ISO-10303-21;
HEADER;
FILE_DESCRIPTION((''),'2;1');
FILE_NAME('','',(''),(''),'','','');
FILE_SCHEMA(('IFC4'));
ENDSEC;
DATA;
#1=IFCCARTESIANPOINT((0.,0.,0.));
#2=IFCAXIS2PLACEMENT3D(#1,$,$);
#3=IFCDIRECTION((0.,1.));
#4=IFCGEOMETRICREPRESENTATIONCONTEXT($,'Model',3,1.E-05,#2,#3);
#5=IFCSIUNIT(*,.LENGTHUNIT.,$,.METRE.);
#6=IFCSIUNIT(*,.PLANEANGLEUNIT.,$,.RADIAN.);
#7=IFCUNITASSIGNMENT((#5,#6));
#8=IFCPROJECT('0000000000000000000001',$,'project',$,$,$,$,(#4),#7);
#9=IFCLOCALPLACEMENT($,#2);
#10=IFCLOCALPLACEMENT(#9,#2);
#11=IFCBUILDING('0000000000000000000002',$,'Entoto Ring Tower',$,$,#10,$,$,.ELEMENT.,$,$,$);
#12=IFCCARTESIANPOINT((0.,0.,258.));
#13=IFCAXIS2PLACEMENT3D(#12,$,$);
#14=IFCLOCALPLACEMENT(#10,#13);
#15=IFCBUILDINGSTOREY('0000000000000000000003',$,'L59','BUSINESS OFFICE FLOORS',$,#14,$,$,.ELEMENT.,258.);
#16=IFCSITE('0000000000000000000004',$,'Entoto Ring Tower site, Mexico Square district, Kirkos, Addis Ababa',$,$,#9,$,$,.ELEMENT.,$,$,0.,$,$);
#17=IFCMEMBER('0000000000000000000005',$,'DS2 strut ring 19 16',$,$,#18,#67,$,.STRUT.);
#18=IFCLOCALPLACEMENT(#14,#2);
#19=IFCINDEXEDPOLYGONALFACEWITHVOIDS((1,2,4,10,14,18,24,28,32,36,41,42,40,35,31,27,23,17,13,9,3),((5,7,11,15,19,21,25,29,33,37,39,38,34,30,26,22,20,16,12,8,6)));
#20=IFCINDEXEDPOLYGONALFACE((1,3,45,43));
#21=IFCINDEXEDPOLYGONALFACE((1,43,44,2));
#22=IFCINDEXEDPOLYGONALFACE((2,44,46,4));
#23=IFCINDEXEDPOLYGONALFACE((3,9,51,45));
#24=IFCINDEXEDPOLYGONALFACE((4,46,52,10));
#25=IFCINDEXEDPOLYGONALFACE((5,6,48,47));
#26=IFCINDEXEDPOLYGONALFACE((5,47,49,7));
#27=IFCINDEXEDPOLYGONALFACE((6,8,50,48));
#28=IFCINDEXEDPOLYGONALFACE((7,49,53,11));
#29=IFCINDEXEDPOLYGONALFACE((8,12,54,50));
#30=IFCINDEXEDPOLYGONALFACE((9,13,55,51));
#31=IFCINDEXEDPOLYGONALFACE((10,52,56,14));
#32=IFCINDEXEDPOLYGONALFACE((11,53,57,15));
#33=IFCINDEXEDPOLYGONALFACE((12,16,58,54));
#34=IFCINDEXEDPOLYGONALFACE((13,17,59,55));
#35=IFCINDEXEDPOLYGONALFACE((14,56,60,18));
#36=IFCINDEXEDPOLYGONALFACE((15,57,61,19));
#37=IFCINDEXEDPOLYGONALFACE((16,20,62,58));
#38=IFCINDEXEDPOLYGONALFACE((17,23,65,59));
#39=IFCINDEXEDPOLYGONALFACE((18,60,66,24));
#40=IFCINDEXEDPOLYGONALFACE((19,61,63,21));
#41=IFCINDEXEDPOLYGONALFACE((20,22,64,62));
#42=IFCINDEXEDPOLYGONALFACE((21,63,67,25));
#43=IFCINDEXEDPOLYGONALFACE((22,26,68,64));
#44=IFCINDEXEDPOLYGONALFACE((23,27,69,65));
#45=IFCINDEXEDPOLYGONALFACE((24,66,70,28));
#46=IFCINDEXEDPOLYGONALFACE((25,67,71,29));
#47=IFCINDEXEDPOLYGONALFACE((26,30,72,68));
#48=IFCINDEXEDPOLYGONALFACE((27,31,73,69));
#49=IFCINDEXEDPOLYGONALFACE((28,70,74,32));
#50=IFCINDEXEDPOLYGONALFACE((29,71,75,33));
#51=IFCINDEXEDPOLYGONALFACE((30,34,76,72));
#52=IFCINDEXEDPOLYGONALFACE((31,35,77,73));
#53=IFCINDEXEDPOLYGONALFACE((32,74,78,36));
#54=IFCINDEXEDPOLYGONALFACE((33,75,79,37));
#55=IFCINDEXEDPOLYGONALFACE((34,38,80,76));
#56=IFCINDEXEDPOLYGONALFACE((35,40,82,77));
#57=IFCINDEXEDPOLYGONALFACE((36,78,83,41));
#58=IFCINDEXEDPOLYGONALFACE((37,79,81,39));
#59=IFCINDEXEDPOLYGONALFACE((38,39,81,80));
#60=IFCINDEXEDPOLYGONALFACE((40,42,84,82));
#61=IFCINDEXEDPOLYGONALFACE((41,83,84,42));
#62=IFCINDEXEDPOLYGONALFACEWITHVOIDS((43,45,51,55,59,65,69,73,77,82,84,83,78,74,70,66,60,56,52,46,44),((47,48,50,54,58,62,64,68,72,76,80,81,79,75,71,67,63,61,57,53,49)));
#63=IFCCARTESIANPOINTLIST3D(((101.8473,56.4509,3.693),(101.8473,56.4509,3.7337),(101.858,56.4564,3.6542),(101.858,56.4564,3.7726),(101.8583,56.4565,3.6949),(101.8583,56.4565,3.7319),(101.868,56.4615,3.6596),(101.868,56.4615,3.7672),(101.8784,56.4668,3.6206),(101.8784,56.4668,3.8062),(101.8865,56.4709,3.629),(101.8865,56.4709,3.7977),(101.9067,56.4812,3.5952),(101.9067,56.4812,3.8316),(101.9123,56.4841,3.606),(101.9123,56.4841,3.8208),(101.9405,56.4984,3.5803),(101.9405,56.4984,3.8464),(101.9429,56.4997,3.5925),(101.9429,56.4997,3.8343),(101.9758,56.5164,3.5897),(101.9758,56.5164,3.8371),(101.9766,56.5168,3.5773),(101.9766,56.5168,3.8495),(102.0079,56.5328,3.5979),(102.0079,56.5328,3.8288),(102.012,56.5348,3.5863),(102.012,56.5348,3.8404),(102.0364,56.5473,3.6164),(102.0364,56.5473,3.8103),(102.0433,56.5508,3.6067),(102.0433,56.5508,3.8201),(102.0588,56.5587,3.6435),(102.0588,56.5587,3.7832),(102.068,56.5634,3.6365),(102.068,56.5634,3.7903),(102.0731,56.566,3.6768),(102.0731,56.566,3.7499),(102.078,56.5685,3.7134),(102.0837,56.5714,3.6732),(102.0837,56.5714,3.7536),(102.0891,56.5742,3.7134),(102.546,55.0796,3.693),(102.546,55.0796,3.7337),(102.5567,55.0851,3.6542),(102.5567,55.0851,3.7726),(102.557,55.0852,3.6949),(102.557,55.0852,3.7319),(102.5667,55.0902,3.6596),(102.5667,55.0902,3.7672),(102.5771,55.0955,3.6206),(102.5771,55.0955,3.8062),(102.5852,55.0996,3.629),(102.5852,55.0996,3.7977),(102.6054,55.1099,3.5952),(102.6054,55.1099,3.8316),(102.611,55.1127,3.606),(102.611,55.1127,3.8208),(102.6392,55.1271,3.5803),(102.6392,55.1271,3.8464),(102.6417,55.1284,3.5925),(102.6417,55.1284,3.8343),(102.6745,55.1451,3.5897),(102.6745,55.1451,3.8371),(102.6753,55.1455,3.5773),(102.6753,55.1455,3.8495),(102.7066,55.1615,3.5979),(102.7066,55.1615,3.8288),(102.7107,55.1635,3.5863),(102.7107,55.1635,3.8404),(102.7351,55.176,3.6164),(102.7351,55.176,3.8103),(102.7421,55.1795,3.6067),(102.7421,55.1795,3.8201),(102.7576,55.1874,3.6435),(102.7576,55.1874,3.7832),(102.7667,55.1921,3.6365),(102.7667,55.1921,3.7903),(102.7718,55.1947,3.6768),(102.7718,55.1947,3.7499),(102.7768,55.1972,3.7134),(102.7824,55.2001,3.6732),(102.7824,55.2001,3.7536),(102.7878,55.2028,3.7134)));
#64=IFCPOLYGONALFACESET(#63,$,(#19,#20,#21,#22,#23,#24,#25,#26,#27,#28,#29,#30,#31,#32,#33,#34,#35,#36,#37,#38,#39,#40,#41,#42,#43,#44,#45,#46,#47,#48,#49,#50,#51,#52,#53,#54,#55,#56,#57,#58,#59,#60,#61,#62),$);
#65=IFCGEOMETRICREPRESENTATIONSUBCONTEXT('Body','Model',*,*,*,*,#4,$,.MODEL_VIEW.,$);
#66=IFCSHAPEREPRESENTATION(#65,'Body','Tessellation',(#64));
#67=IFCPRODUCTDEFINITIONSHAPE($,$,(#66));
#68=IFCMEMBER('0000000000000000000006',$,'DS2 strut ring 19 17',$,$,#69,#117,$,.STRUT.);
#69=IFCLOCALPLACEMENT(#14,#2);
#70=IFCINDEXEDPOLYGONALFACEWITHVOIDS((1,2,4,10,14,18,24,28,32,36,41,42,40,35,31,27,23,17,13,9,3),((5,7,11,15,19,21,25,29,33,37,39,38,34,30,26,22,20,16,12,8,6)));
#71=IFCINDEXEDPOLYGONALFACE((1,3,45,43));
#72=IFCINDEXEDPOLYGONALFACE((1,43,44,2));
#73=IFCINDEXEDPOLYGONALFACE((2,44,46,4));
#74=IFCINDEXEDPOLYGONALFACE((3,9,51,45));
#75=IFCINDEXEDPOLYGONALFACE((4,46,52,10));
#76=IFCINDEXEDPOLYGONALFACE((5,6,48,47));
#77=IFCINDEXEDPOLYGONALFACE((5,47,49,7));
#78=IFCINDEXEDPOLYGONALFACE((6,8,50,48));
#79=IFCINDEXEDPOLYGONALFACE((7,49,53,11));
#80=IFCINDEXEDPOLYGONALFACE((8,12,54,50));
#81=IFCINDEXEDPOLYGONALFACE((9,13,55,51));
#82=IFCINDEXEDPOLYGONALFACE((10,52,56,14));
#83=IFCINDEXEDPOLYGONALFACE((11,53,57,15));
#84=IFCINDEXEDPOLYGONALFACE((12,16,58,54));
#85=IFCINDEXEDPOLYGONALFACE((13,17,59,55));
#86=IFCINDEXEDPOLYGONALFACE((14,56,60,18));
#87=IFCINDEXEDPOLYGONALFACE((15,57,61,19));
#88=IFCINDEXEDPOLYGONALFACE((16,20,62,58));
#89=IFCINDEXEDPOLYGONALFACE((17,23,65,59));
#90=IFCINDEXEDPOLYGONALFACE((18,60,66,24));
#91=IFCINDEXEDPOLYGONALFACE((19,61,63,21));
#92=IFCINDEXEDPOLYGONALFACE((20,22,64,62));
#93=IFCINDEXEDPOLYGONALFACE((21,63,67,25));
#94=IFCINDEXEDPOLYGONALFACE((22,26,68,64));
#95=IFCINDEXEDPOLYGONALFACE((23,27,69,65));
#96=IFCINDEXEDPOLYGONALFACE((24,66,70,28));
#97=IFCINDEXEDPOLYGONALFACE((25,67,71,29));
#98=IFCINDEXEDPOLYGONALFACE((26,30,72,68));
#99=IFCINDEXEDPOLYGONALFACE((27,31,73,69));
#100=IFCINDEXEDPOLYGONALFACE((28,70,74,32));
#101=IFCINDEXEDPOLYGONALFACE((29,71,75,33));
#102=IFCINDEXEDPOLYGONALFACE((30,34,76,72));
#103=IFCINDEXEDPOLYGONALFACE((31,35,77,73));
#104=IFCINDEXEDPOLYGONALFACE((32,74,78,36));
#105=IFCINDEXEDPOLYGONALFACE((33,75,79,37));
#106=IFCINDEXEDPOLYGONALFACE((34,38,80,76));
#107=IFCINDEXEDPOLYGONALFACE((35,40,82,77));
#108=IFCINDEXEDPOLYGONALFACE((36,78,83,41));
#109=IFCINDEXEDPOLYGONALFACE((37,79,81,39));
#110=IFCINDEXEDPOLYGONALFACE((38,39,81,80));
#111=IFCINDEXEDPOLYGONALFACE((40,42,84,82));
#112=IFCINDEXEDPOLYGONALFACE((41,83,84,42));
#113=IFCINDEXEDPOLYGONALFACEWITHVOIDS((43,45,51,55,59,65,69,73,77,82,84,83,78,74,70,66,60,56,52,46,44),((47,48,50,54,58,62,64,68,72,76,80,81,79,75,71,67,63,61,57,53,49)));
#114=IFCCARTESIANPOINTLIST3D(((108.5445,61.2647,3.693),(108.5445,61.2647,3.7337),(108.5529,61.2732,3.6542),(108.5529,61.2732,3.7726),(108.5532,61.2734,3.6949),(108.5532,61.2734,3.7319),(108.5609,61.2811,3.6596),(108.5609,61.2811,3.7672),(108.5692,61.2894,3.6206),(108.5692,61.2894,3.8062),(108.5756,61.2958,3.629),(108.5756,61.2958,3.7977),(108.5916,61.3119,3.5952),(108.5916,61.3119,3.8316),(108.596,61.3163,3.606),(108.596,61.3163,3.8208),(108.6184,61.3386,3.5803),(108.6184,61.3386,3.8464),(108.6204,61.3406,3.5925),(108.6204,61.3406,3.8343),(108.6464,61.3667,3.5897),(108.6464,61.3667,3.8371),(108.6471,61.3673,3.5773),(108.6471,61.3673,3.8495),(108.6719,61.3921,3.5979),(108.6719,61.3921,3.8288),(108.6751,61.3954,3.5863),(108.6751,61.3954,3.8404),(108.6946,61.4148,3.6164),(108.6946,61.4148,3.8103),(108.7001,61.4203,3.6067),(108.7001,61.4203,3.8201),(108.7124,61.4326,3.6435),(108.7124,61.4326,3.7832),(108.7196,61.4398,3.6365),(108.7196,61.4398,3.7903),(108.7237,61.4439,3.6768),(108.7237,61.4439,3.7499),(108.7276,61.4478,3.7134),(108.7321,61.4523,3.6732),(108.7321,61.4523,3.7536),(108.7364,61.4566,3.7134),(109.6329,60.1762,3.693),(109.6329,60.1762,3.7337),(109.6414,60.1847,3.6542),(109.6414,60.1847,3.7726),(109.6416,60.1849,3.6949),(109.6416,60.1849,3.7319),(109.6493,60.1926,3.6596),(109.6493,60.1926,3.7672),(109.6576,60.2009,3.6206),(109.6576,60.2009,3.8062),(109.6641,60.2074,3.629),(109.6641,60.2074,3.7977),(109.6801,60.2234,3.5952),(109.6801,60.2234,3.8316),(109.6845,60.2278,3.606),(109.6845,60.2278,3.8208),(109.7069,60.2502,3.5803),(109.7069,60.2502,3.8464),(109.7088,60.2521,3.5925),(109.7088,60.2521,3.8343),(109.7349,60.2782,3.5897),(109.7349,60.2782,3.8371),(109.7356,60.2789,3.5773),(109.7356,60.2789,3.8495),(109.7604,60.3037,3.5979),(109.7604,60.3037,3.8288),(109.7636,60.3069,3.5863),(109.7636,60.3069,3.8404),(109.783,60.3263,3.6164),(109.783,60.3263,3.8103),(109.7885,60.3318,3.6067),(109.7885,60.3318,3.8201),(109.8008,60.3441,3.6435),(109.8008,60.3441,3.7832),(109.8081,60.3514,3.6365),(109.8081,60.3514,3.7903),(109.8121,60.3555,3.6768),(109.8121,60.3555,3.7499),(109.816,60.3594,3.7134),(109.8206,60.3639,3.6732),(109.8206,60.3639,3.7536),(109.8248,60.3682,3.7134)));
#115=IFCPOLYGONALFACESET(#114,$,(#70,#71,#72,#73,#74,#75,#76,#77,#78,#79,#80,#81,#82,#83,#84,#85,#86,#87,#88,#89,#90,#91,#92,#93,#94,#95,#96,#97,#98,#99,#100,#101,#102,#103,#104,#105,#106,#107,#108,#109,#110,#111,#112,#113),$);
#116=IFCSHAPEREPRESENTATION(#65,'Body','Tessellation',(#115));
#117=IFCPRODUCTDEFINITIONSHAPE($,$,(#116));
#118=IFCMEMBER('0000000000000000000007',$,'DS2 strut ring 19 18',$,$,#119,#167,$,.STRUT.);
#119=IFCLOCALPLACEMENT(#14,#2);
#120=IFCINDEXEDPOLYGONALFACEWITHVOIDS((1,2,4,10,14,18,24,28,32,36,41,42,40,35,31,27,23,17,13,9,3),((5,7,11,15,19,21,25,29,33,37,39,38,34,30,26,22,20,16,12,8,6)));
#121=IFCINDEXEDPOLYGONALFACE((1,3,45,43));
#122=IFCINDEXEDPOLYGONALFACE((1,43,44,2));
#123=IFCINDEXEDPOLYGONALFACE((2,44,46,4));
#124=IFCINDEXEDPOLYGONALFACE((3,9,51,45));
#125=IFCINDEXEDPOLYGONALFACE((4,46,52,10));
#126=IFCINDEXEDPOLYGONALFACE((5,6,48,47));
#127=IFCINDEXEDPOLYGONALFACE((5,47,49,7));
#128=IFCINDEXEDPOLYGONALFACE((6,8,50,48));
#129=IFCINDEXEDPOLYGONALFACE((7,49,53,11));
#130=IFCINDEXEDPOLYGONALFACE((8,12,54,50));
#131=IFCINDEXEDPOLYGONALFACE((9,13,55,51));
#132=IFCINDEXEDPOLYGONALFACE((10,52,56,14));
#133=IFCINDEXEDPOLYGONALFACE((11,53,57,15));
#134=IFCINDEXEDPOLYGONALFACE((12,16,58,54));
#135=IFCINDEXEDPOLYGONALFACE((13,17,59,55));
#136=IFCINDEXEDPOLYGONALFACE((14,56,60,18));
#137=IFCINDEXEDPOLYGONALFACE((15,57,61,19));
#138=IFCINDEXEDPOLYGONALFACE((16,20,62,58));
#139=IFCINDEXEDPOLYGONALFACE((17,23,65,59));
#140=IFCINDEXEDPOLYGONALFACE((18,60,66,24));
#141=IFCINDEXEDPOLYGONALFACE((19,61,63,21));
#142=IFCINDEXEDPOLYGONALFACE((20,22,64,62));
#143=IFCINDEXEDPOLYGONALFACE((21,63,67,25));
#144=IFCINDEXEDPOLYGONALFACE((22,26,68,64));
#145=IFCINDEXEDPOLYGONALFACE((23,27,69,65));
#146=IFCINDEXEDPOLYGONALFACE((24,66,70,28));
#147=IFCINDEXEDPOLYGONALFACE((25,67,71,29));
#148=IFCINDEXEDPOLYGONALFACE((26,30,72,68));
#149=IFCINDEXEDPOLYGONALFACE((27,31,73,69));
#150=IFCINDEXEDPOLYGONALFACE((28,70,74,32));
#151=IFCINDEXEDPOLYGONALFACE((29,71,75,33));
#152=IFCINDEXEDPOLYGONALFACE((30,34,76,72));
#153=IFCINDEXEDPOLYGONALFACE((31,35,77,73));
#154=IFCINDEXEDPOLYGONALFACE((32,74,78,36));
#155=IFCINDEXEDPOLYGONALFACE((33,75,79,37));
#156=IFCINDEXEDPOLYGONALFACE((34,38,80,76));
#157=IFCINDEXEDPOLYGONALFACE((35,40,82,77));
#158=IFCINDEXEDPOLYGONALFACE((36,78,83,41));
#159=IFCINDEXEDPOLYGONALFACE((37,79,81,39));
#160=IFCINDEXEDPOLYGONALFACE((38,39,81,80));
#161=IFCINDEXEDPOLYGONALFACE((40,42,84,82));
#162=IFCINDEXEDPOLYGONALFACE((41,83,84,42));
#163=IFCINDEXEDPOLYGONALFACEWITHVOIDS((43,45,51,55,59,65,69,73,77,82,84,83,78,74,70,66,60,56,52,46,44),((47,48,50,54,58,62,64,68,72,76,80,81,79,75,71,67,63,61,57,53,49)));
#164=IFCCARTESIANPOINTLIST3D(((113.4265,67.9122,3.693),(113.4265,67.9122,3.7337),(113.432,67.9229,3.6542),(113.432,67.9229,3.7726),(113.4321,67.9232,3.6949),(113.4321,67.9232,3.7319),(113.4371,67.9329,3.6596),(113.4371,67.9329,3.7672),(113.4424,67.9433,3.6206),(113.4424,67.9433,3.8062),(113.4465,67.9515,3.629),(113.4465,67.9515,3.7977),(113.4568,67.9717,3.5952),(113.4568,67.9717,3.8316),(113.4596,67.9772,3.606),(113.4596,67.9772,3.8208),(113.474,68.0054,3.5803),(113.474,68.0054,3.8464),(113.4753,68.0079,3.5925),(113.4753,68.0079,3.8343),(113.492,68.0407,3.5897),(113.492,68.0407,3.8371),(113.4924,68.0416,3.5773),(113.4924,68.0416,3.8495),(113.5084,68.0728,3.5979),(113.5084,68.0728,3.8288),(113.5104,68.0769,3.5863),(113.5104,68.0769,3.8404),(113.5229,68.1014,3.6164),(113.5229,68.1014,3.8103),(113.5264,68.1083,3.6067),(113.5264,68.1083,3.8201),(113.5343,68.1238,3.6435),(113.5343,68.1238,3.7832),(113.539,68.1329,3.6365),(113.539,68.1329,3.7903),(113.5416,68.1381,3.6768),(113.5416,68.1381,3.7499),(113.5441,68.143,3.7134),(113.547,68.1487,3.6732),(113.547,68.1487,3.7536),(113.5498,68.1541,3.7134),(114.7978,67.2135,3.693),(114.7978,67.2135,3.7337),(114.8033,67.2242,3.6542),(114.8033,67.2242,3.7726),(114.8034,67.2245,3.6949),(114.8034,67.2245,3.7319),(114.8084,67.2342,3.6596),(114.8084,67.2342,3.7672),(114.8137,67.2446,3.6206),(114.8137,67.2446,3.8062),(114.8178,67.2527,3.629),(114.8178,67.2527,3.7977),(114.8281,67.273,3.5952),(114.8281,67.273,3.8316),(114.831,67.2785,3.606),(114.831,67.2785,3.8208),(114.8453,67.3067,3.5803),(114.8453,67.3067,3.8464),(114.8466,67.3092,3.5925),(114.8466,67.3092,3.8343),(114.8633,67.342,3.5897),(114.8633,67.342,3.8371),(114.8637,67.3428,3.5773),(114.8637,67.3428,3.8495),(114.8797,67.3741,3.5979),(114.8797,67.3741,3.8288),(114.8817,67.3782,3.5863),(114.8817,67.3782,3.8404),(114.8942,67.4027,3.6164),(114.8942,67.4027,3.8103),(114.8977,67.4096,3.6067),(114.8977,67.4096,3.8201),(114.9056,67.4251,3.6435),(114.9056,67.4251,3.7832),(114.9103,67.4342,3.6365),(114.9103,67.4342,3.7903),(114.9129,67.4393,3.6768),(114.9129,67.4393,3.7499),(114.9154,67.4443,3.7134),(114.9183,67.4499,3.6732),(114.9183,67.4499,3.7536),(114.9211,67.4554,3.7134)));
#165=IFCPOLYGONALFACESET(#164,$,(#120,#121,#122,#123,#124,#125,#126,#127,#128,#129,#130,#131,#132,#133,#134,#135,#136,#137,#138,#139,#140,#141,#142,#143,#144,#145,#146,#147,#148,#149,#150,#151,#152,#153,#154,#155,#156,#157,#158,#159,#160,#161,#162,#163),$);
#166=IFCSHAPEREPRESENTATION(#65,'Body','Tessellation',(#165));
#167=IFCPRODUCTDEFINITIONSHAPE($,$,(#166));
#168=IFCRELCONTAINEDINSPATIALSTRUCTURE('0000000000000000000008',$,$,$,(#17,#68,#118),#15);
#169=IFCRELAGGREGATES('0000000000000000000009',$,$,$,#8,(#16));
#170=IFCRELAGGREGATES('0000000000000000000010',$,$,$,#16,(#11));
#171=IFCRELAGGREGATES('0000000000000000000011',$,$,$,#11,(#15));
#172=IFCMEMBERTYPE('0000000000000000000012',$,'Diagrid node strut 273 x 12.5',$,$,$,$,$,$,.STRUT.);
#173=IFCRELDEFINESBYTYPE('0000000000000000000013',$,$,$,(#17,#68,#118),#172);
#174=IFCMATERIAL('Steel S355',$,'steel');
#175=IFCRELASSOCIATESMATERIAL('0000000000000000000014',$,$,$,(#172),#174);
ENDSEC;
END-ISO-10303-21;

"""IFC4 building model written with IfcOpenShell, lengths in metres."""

from ifc_helpers import new_model, si_unit, direction, frame, origin, origin_2d, place, context, subcontext, project, spatial, circle, hollow_circle, extrude, material, material_profile, profile_set, type_object, element, save


model = new_model("IFC4")

# Units and contexts
model_context = context("Model", 3, precision=1e-05, world=origin(), true_north=direction((0.0, 1.0)))
body_context = subcontext(model_context, "Body", "Model", "MODEL_VIEW")
ifc_project = project(units=[si_unit("LENGTHUNIT", "METRE"), si_unit("PLANEANGLEUNIT", "RADIAN")], contexts=[model_context])

# Site, building, storey
site_placement = place(None, origin())
site = spatial("IfcSite", under=ifc_project, at=site_placement, Name="Entoto Ring Tower site, Mexico Square district, Kirkos, Addis Ababa", CompositionType="ELEMENT", RefElevation=0.0)
building_placement = place(site_placement, origin())
building = spatial("IfcBuilding", under=site, at=building_placement, Name="Entoto Ring Tower", CompositionType="ELEMENT")
storey_placement = place(building_placement, frame((0.0, 0.0, 258.0)))
storey = spatial("IfcBuildingStorey", under=building, at=storey_placement, Name="L59", Description="BUSINESS OFFICE FLOORS", CompositionType="ELEMENT", Elevation=258.0)

# Members
ifc_material_1 = material(Name="Steel S355", Category="steel")
ifc_material_profile_1 = material_profile(ifc_material_1, hollow_circle(Radius=0.1365, WallThickness=0.0125, at=origin_2d()), Name="CHS 273 x 12.5")
ifc_material_2 = material(Name="Concrete C60/75", Category="concrete")
ifc_material_profile_2 = material_profile(ifc_material_2, circle(Radius=0.124, at=origin_2d()), Name="Concrete C60/75 infill")
ifc_profile_set_1 = profile_set([ifc_material_profile_1, ifc_material_profile_2], Name="Steel S355")
member_type = type_object("IfcMemberType", Name="Diagrid node strut 273 x 12.5", PredefinedType="STRUT", material=ifc_profile_set_1)
member_1_placement = place(storey_placement, frame((101.9675, 56.5122, 3.7134), z_axis=(0.45399, -0.891007, 0.0), x_axis=(0.891007, 0.45399, 0.0)))
element("IfcMember", 1, at=member_1_placement, inside=storey, type_object=member_type, Name="DS2 strut ring 19 16", PredefinedType="STRUT", context=body_context, shape_type="SweptSolid", body=[
    extrude(hollow_circle(Radius=0.1365, WallThickness=0.0125, at=origin_2d()), origin(), (0.0, 0.0, 1.0), 1.5391),
])
member_2_placement = place(storey_placement, frame((108.6399, 61.3601, 3.7134), z_axis=(0.707107, -0.707107, 0.0), x_axis=(0.707107, 0.707107, 0.0)))
element("IfcMember", 2, at=member_2_placement, inside=storey, type_object=member_type, Name="DS2 strut ring 19 17", PredefinedType="STRUT", context=body_context, shape_type="SweptSolid", body=[
    extrude(hollow_circle(Radius=0.1365, WallThickness=0.0125, at=origin_2d()), origin(), (0.0, 0.0, 1.0), 1.5393),
])
for number, where, z_axis, x_axis, name in (
    (3, (113.4878, 68.0325, 3.7134), (0.891007, -0.45399, 0.0), (0.45399, 0.891007, 0.0), "DS2 strut ring 19 18"),
):
    element("IfcMember", number, at=place(storey_placement, frame(where, z_axis=z_axis, x_axis=x_axis)), inside=storey, type_object=member_type, Name=name, PredefinedType="STRUT", context=body_context, shape_type="SweptSolid", body=[
        extrude(hollow_circle(Radius=0.1365, WallThickness=0.0125, at=origin_2d()), origin(), (0.0, 0.0, 1.0), 1.5391),
    ])

save(model, "model.ifc")
